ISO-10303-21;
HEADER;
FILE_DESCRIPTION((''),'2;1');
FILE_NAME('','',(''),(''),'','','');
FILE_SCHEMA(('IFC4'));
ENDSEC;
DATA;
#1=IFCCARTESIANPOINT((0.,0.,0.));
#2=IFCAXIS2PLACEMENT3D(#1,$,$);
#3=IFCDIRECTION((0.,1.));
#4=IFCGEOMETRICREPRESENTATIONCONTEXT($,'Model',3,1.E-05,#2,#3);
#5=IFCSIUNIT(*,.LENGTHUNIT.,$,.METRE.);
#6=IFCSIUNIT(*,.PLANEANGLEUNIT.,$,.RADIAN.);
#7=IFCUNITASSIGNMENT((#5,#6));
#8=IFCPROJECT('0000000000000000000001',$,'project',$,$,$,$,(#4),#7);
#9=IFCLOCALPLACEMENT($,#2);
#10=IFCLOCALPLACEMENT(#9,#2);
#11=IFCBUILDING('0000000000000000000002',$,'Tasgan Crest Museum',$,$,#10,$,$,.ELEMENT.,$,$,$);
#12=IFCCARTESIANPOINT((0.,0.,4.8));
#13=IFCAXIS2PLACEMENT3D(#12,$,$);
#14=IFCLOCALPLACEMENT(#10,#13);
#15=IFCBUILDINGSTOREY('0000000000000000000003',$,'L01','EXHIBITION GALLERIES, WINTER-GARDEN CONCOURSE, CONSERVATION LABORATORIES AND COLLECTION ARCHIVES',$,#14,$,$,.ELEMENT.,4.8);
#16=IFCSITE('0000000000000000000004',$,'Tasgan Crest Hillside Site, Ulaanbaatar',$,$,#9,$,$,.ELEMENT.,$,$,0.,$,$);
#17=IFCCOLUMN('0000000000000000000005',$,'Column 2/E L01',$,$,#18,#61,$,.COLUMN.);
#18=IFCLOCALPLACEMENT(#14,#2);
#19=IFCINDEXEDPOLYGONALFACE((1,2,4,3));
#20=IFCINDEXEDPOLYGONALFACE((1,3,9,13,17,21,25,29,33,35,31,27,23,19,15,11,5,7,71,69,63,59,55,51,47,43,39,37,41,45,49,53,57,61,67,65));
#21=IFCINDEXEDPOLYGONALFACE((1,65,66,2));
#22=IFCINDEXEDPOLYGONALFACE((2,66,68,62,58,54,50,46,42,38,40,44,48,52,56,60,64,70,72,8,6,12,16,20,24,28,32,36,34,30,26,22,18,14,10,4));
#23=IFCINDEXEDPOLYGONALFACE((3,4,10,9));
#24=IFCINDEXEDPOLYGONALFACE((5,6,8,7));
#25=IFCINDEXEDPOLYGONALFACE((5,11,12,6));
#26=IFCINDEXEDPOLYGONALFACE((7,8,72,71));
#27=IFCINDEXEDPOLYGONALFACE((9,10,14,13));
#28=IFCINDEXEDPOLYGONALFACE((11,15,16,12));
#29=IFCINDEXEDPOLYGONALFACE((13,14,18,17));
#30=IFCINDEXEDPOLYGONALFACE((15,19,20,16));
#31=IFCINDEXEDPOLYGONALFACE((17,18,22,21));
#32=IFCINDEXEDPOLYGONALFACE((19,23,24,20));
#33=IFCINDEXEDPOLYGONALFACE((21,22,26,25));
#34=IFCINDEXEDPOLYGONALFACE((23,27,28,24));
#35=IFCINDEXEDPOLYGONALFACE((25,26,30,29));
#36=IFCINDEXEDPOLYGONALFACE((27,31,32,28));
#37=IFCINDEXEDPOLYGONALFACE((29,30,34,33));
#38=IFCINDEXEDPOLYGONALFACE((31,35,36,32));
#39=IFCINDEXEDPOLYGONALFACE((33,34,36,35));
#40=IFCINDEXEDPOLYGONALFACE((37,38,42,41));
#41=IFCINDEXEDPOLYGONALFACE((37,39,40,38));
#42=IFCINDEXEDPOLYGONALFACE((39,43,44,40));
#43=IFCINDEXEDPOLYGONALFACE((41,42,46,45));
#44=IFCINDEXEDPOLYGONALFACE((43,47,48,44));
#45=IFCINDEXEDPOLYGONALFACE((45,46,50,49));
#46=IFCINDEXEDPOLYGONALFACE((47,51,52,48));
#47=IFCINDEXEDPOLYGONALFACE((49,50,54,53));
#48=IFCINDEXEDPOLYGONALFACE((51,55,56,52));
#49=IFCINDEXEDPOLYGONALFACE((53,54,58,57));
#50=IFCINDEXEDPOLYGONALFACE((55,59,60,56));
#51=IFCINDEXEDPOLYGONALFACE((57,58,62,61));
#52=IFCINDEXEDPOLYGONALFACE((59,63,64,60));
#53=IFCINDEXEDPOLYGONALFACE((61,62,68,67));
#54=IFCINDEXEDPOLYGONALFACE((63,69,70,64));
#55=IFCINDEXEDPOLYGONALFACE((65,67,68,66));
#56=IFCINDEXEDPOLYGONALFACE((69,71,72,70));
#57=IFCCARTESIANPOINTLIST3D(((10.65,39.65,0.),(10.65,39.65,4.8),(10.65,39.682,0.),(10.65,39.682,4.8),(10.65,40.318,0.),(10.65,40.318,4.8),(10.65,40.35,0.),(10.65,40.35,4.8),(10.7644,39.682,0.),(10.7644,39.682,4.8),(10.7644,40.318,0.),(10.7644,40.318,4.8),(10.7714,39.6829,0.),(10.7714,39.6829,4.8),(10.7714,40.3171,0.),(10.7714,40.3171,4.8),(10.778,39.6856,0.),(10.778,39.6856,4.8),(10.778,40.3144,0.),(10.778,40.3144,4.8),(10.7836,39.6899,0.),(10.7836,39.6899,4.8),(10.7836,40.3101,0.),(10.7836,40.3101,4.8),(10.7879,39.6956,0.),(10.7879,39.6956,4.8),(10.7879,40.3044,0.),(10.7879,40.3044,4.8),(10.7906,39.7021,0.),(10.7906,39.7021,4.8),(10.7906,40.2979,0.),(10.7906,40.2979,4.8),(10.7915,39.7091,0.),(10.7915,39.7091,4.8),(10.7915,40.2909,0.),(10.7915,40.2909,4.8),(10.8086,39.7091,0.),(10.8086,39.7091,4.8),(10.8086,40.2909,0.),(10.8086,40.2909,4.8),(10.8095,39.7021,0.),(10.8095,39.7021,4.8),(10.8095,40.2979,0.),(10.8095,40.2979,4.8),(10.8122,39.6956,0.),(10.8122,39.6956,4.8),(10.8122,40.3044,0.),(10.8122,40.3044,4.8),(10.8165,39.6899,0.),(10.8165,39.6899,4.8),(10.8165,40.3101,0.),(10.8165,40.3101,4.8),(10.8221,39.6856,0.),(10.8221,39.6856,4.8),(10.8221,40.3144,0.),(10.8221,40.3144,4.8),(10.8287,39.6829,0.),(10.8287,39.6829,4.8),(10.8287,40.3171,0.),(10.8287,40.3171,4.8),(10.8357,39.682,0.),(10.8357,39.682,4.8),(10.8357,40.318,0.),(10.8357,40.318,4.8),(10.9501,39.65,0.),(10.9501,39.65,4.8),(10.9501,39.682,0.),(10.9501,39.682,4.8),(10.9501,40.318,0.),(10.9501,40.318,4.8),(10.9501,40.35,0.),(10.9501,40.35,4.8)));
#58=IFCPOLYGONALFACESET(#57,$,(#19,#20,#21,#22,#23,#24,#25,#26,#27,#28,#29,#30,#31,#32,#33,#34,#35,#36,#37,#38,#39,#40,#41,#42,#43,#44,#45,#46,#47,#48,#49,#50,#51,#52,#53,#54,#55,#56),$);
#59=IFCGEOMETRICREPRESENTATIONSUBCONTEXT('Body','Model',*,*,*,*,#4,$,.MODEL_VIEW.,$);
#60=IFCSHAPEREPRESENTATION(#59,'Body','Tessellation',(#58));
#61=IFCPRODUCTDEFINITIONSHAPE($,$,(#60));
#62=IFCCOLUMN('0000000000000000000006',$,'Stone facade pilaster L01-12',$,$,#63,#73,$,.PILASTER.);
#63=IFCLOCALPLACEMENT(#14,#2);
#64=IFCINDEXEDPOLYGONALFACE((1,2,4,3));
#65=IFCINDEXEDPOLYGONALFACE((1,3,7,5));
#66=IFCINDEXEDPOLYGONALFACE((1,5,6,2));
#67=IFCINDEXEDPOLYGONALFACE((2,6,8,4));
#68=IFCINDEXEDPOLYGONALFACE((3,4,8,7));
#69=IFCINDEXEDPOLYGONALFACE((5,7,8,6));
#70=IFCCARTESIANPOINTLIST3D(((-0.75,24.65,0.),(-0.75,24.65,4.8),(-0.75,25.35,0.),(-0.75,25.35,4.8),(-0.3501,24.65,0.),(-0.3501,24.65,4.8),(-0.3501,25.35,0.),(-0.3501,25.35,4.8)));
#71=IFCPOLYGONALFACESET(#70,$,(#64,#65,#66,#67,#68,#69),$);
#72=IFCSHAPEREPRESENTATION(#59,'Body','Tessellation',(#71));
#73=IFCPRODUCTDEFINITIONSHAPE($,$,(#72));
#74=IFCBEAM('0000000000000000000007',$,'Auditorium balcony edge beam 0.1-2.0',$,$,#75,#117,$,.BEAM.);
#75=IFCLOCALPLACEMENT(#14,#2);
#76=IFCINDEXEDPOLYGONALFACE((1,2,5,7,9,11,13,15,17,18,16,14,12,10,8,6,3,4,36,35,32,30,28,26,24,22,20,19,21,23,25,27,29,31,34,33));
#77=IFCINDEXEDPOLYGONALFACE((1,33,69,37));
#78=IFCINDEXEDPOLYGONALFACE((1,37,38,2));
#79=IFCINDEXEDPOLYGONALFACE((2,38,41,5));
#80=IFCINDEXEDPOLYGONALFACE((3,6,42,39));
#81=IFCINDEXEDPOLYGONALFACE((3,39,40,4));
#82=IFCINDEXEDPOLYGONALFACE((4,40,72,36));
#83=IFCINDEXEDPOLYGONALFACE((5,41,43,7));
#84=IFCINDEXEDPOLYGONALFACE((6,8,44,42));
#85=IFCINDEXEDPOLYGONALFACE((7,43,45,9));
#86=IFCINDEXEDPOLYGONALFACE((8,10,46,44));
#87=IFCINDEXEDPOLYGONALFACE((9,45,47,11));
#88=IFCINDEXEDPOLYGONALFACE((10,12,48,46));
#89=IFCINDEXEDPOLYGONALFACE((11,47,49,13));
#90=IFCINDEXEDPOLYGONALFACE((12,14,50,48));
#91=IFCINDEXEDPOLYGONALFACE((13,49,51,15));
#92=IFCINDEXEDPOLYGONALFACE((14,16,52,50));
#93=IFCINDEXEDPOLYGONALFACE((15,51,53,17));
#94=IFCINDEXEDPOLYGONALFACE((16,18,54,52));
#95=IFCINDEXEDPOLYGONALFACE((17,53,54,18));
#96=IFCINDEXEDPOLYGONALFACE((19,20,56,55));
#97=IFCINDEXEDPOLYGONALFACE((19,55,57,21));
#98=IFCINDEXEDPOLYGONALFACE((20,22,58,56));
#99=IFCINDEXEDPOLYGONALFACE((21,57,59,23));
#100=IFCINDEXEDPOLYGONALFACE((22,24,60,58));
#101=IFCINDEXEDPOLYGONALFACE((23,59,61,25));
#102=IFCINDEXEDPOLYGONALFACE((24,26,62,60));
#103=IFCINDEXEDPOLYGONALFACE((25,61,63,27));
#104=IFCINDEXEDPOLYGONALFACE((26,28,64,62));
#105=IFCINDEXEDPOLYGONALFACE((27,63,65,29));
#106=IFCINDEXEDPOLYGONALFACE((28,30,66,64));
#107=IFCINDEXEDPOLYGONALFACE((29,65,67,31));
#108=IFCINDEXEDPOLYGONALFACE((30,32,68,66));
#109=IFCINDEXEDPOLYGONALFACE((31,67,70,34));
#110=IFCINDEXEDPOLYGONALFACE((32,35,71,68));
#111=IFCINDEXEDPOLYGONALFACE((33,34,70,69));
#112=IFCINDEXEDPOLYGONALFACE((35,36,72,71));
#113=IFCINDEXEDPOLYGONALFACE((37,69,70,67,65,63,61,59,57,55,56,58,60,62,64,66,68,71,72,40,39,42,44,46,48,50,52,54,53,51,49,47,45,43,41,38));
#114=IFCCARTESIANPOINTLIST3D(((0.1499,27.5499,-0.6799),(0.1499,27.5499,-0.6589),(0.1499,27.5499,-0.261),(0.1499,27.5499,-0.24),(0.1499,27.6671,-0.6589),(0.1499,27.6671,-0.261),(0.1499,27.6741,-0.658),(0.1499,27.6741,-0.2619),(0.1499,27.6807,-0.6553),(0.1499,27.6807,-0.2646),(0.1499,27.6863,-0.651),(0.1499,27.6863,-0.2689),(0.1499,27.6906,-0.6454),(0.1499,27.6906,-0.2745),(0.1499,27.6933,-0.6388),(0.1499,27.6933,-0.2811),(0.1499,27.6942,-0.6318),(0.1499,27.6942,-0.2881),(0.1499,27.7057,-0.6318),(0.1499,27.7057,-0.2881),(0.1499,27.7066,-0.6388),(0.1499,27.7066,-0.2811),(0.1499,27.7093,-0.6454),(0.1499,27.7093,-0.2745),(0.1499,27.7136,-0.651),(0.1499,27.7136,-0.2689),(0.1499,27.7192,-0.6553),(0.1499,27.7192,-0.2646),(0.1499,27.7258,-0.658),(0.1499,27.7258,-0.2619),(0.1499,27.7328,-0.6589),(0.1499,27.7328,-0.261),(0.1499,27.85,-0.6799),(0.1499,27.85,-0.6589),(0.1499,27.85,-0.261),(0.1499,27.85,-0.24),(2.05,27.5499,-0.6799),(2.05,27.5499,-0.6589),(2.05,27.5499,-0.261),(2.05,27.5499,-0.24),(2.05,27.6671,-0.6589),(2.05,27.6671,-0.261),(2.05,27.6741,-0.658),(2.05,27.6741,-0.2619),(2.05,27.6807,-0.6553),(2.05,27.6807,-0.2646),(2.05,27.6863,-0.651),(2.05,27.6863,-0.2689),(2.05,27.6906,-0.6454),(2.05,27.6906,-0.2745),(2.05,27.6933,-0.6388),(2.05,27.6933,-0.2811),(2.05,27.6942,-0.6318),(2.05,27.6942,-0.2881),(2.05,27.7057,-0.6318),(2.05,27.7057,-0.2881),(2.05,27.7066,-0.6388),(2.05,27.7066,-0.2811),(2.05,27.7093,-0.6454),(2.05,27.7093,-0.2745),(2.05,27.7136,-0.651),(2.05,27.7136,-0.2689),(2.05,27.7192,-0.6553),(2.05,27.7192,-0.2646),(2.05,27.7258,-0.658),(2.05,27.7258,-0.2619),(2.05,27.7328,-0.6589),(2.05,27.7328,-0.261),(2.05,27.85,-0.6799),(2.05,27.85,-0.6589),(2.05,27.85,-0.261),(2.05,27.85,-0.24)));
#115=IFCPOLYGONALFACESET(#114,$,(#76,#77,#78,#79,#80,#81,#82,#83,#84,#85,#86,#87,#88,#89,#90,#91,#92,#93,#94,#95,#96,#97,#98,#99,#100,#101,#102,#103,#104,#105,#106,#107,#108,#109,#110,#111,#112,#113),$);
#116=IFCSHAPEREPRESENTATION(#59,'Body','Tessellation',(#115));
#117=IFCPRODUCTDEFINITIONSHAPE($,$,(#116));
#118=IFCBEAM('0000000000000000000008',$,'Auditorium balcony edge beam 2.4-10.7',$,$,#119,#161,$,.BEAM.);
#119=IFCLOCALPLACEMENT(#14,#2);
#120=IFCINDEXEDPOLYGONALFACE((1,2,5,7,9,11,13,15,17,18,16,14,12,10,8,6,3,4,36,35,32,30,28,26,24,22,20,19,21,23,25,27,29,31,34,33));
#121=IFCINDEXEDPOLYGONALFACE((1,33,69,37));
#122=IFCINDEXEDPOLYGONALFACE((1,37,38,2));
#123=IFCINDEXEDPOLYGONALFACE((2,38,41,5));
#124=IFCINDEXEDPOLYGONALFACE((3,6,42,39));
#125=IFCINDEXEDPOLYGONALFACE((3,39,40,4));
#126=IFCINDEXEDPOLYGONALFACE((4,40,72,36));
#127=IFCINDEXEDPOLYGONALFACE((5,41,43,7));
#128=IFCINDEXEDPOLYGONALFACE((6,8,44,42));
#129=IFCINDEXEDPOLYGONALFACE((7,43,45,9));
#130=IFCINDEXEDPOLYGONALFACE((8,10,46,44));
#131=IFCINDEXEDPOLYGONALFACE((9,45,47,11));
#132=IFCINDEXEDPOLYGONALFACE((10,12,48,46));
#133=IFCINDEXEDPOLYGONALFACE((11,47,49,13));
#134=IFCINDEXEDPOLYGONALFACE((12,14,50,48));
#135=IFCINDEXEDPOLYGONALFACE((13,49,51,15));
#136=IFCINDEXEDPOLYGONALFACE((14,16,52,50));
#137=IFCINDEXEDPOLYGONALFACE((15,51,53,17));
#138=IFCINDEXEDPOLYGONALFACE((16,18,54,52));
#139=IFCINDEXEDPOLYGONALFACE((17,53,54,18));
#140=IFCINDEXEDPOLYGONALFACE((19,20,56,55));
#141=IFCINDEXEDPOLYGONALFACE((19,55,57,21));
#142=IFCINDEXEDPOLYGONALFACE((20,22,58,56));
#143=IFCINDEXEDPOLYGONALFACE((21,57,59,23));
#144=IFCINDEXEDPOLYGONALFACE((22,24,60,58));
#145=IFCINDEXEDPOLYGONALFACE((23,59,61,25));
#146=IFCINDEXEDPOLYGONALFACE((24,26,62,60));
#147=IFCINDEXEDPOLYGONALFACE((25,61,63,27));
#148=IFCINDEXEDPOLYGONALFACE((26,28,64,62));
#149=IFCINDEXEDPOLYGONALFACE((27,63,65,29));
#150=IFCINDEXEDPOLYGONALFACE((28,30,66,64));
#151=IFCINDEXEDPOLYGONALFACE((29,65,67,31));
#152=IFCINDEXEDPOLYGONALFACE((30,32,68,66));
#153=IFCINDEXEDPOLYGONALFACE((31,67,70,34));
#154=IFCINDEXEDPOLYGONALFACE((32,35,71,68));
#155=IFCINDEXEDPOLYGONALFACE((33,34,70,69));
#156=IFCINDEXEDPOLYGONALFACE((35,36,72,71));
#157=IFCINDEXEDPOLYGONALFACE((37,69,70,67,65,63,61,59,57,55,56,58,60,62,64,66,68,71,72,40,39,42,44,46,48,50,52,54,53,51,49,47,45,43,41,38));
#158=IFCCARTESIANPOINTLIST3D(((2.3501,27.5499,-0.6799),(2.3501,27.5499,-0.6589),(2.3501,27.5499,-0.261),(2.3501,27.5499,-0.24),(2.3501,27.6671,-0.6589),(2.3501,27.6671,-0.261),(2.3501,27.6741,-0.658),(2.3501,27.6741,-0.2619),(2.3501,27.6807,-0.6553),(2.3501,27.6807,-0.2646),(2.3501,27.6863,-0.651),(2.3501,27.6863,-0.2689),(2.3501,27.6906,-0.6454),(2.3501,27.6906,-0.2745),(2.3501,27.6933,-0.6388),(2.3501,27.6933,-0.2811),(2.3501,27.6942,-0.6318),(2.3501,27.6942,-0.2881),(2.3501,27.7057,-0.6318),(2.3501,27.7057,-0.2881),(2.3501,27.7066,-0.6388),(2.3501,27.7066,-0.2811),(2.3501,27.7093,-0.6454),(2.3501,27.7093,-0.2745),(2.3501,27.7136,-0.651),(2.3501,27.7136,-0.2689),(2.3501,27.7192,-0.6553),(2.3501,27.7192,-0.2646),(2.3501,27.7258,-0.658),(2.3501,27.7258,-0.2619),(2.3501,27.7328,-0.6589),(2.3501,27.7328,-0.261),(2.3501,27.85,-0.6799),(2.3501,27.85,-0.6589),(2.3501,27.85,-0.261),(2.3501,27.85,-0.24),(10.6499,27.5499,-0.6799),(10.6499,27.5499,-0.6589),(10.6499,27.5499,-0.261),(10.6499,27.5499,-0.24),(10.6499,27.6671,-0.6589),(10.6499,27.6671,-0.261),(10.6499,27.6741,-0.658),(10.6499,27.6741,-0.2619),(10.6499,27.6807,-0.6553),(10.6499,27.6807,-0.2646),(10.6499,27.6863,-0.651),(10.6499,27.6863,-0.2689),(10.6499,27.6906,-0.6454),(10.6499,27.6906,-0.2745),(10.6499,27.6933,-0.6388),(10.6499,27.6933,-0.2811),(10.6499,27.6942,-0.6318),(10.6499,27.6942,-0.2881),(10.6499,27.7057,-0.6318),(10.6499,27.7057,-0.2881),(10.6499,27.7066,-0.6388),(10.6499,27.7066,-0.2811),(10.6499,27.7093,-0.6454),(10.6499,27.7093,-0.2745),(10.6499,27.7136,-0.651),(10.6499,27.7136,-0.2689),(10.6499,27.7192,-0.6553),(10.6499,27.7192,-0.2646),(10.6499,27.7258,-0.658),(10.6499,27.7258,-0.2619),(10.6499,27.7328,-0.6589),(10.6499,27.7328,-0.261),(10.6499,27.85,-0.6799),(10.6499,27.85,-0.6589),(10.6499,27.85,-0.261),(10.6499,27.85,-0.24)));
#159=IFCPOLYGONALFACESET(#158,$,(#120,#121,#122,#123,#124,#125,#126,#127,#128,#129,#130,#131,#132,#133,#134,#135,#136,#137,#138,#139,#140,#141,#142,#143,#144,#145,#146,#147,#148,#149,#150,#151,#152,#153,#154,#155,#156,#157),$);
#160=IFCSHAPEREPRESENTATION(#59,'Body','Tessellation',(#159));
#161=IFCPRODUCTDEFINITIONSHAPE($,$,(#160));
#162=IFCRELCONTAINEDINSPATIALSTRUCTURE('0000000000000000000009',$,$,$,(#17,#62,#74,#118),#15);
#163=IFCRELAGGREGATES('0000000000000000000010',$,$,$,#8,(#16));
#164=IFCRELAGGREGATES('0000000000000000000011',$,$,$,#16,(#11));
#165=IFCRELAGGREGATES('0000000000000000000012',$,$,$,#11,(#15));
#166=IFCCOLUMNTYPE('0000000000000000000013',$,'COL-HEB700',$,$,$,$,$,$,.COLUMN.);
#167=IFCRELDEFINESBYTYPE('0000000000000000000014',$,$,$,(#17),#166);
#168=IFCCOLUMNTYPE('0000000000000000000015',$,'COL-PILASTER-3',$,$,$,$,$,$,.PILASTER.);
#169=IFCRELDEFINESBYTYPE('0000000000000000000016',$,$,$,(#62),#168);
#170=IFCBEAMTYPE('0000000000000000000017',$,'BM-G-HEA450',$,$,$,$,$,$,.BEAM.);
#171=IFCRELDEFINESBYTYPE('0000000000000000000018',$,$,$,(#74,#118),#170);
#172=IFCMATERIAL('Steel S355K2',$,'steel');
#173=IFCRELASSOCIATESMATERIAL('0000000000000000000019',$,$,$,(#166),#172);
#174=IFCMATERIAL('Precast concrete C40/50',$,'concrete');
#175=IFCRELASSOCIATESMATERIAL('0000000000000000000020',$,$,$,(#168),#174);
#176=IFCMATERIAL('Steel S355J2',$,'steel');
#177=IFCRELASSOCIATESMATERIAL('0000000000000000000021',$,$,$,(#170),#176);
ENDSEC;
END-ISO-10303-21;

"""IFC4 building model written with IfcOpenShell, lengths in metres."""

from ifc_helpers import new_model, si_unit, direction, frame, origin, origin_2d, place, context, subcontext, project, spatial, rectangle, i_section, extrude, material, material_profile, profile_set, type_object, element, save


model = new_model("IFC4")

# Units and contexts
model_context = context("Model", 3, precision=1e-05, world=origin(), true_north=direction((0.0, 1.0)))
body_context = subcontext(model_context, "Body", "Model", "MODEL_VIEW")
ifc_project = project(units=[si_unit("LENGTHUNIT", "METRE"), si_unit("PLANEANGLEUNIT", "RADIAN")], contexts=[model_context])

# Site, building, storey
site_placement = place(None, origin())
site = spatial("IfcSite", under=ifc_project, at=site_placement, Name="Tasgan Crest Hillside Site, Ulaanbaatar", CompositionType="ELEMENT", RefElevation=0.0)
building_placement = place(site_placement, origin())
building = spatial("IfcBuilding", under=site, at=building_placement, Name="Tasgan Crest Museum", CompositionType="ELEMENT")
storey_placement = place(building_placement, frame((0.0, 0.0, 4.8)))
storey = spatial("IfcBuildingStorey", under=building, at=storey_placement, Name="L01", Description="EXHIBITION GALLERIES, WINTER-GARDEN CONCOURSE, CONSERVATION LABORATORIES AND COLLECTION ARCHIVES", CompositionType="ELEMENT", Elevation=4.8)

# Columns
ifc_material_1 = material(Name="Steel S355K2", Category="steel")
ifc_material_profile_1 = material_profile(ifc_material_1, i_section(OverallWidth=0.3, OverallDepth=0.7, WebThickness=0.0171, FlangeThickness=0.032, FilletRadius=0.0271, at=origin_2d()), Name="HEB 700")
ifc_profile_set_1 = profile_set([ifc_material_profile_1], Name="Steel S355K2")
column_type_1 = type_object("IfcColumnType", Name="COL-HEB700", PredefinedType="COLUMN", material=ifc_profile_set_1)
column_1_placement = place(storey_placement, frame((10.8, 40.0, 0.0), z_axis=(0.0, 0.0, 1.0), x_axis=(1.0, 0.0, 0.0)))
element("IfcColumn", 1, at=column_1_placement, inside=storey, type_object=column_type_1, Name="Column 2/E L01", PredefinedType="COLUMN", context=body_context, shape_type="SweptSolid", body=[
    extrude(i_section(OverallWidth=0.3, OverallDepth=0.7, WebThickness=0.0171, FlangeThickness=0.032, FilletRadius=0.0271, at=origin_2d()), origin(), (0.0, 0.0, 1.0), 4.8),
])
ifc_material_2 = material(Name="Precast concrete C40/50", Category="concrete")
ifc_material_profile_2 = material_profile(ifc_material_2, rectangle(XDim=0.3999, YDim=0.7, at=origin_2d()), Name="RC 400x700")
ifc_profile_set_2 = profile_set([ifc_material_profile_2], Name="Precast concrete C40/50")
column_type_2 = type_object("IfcColumnType", Name="COL-PILASTER-3", PredefinedType="PILASTER", material=ifc_profile_set_2)
column_2_placement = place(storey_placement, frame((-0.55, 25.0, 0.0), z_axis=(0.0, 0.0, 1.0), x_axis=(1.0, 0.0, 0.0)))
element("IfcColumn", 2, at=column_2_placement, inside=storey, type_object=column_type_2, Name="Stone facade pilaster L01-12", PredefinedType="PILASTER", context=body_context, shape_type="SweptSolid", body=[
    extrude(rectangle(XDim=0.3999, YDim=0.7, at=origin_2d()), origin(), (0.0, 0.0, 1.0), 4.8),
])

# Beams
ifc_material_3 = material(Name="Steel S355J2", Category="steel")
ifc_material_profile_3 = material_profile(ifc_material_3, i_section(OverallWidth=0.3, OverallDepth=0.4399, WebThickness=0.0115, FlangeThickness=0.021, FilletRadius=0.0271, at=origin_2d()), Name="HEA 450")
ifc_profile_set_3 = profile_set([ifc_material_profile_3], Name="Steel S355J2")
beam_type_1 = type_object("IfcBeamType", Name="BM-G-HEA450", PredefinedType="BEAM", material=ifc_profile_set_3)
beam_1_placement = place(storey_placement, frame((0.1499, 27.7, -0.46), z_axis=(1.0, 0.0, 0.0), x_axis=(0.0, 1.0, 0.0)))
element("IfcBeam", 3, at=beam_1_placement, inside=storey, type_object=beam_type_1, Name="Auditorium balcony edge beam 0.1-2.0", PredefinedType="BEAM", context=body_context, shape_type="SweptSolid", body=[
    extrude(i_section(OverallWidth=0.3, OverallDepth=0.4399, WebThickness=0.0115, FlangeThickness=0.021, FilletRadius=0.0271, at=origin_2d()), origin(), (0.0, 0.0, 1.0), 1.9001),
])
beam_2_placement = place(storey_placement, frame((2.3501, 27.7, -0.46), z_axis=(1.0, 0.0, 0.0), x_axis=(0.0, 1.0, 0.0)))
element("IfcBeam", 4, at=beam_2_placement, inside=storey, type_object=beam_type_1, Name="Auditorium balcony edge beam 2.4-10.7", PredefinedType="BEAM", context=body_context, shape_type="SweptSolid", body=[
    extrude(i_section(OverallWidth=0.3, OverallDepth=0.4399, WebThickness=0.0115, FlangeThickness=0.021, FilletRadius=0.0271, at=origin_2d()), origin(), (0.0, 0.0, 1.0), 8.2998),
])

save(model, "model.ifc")
